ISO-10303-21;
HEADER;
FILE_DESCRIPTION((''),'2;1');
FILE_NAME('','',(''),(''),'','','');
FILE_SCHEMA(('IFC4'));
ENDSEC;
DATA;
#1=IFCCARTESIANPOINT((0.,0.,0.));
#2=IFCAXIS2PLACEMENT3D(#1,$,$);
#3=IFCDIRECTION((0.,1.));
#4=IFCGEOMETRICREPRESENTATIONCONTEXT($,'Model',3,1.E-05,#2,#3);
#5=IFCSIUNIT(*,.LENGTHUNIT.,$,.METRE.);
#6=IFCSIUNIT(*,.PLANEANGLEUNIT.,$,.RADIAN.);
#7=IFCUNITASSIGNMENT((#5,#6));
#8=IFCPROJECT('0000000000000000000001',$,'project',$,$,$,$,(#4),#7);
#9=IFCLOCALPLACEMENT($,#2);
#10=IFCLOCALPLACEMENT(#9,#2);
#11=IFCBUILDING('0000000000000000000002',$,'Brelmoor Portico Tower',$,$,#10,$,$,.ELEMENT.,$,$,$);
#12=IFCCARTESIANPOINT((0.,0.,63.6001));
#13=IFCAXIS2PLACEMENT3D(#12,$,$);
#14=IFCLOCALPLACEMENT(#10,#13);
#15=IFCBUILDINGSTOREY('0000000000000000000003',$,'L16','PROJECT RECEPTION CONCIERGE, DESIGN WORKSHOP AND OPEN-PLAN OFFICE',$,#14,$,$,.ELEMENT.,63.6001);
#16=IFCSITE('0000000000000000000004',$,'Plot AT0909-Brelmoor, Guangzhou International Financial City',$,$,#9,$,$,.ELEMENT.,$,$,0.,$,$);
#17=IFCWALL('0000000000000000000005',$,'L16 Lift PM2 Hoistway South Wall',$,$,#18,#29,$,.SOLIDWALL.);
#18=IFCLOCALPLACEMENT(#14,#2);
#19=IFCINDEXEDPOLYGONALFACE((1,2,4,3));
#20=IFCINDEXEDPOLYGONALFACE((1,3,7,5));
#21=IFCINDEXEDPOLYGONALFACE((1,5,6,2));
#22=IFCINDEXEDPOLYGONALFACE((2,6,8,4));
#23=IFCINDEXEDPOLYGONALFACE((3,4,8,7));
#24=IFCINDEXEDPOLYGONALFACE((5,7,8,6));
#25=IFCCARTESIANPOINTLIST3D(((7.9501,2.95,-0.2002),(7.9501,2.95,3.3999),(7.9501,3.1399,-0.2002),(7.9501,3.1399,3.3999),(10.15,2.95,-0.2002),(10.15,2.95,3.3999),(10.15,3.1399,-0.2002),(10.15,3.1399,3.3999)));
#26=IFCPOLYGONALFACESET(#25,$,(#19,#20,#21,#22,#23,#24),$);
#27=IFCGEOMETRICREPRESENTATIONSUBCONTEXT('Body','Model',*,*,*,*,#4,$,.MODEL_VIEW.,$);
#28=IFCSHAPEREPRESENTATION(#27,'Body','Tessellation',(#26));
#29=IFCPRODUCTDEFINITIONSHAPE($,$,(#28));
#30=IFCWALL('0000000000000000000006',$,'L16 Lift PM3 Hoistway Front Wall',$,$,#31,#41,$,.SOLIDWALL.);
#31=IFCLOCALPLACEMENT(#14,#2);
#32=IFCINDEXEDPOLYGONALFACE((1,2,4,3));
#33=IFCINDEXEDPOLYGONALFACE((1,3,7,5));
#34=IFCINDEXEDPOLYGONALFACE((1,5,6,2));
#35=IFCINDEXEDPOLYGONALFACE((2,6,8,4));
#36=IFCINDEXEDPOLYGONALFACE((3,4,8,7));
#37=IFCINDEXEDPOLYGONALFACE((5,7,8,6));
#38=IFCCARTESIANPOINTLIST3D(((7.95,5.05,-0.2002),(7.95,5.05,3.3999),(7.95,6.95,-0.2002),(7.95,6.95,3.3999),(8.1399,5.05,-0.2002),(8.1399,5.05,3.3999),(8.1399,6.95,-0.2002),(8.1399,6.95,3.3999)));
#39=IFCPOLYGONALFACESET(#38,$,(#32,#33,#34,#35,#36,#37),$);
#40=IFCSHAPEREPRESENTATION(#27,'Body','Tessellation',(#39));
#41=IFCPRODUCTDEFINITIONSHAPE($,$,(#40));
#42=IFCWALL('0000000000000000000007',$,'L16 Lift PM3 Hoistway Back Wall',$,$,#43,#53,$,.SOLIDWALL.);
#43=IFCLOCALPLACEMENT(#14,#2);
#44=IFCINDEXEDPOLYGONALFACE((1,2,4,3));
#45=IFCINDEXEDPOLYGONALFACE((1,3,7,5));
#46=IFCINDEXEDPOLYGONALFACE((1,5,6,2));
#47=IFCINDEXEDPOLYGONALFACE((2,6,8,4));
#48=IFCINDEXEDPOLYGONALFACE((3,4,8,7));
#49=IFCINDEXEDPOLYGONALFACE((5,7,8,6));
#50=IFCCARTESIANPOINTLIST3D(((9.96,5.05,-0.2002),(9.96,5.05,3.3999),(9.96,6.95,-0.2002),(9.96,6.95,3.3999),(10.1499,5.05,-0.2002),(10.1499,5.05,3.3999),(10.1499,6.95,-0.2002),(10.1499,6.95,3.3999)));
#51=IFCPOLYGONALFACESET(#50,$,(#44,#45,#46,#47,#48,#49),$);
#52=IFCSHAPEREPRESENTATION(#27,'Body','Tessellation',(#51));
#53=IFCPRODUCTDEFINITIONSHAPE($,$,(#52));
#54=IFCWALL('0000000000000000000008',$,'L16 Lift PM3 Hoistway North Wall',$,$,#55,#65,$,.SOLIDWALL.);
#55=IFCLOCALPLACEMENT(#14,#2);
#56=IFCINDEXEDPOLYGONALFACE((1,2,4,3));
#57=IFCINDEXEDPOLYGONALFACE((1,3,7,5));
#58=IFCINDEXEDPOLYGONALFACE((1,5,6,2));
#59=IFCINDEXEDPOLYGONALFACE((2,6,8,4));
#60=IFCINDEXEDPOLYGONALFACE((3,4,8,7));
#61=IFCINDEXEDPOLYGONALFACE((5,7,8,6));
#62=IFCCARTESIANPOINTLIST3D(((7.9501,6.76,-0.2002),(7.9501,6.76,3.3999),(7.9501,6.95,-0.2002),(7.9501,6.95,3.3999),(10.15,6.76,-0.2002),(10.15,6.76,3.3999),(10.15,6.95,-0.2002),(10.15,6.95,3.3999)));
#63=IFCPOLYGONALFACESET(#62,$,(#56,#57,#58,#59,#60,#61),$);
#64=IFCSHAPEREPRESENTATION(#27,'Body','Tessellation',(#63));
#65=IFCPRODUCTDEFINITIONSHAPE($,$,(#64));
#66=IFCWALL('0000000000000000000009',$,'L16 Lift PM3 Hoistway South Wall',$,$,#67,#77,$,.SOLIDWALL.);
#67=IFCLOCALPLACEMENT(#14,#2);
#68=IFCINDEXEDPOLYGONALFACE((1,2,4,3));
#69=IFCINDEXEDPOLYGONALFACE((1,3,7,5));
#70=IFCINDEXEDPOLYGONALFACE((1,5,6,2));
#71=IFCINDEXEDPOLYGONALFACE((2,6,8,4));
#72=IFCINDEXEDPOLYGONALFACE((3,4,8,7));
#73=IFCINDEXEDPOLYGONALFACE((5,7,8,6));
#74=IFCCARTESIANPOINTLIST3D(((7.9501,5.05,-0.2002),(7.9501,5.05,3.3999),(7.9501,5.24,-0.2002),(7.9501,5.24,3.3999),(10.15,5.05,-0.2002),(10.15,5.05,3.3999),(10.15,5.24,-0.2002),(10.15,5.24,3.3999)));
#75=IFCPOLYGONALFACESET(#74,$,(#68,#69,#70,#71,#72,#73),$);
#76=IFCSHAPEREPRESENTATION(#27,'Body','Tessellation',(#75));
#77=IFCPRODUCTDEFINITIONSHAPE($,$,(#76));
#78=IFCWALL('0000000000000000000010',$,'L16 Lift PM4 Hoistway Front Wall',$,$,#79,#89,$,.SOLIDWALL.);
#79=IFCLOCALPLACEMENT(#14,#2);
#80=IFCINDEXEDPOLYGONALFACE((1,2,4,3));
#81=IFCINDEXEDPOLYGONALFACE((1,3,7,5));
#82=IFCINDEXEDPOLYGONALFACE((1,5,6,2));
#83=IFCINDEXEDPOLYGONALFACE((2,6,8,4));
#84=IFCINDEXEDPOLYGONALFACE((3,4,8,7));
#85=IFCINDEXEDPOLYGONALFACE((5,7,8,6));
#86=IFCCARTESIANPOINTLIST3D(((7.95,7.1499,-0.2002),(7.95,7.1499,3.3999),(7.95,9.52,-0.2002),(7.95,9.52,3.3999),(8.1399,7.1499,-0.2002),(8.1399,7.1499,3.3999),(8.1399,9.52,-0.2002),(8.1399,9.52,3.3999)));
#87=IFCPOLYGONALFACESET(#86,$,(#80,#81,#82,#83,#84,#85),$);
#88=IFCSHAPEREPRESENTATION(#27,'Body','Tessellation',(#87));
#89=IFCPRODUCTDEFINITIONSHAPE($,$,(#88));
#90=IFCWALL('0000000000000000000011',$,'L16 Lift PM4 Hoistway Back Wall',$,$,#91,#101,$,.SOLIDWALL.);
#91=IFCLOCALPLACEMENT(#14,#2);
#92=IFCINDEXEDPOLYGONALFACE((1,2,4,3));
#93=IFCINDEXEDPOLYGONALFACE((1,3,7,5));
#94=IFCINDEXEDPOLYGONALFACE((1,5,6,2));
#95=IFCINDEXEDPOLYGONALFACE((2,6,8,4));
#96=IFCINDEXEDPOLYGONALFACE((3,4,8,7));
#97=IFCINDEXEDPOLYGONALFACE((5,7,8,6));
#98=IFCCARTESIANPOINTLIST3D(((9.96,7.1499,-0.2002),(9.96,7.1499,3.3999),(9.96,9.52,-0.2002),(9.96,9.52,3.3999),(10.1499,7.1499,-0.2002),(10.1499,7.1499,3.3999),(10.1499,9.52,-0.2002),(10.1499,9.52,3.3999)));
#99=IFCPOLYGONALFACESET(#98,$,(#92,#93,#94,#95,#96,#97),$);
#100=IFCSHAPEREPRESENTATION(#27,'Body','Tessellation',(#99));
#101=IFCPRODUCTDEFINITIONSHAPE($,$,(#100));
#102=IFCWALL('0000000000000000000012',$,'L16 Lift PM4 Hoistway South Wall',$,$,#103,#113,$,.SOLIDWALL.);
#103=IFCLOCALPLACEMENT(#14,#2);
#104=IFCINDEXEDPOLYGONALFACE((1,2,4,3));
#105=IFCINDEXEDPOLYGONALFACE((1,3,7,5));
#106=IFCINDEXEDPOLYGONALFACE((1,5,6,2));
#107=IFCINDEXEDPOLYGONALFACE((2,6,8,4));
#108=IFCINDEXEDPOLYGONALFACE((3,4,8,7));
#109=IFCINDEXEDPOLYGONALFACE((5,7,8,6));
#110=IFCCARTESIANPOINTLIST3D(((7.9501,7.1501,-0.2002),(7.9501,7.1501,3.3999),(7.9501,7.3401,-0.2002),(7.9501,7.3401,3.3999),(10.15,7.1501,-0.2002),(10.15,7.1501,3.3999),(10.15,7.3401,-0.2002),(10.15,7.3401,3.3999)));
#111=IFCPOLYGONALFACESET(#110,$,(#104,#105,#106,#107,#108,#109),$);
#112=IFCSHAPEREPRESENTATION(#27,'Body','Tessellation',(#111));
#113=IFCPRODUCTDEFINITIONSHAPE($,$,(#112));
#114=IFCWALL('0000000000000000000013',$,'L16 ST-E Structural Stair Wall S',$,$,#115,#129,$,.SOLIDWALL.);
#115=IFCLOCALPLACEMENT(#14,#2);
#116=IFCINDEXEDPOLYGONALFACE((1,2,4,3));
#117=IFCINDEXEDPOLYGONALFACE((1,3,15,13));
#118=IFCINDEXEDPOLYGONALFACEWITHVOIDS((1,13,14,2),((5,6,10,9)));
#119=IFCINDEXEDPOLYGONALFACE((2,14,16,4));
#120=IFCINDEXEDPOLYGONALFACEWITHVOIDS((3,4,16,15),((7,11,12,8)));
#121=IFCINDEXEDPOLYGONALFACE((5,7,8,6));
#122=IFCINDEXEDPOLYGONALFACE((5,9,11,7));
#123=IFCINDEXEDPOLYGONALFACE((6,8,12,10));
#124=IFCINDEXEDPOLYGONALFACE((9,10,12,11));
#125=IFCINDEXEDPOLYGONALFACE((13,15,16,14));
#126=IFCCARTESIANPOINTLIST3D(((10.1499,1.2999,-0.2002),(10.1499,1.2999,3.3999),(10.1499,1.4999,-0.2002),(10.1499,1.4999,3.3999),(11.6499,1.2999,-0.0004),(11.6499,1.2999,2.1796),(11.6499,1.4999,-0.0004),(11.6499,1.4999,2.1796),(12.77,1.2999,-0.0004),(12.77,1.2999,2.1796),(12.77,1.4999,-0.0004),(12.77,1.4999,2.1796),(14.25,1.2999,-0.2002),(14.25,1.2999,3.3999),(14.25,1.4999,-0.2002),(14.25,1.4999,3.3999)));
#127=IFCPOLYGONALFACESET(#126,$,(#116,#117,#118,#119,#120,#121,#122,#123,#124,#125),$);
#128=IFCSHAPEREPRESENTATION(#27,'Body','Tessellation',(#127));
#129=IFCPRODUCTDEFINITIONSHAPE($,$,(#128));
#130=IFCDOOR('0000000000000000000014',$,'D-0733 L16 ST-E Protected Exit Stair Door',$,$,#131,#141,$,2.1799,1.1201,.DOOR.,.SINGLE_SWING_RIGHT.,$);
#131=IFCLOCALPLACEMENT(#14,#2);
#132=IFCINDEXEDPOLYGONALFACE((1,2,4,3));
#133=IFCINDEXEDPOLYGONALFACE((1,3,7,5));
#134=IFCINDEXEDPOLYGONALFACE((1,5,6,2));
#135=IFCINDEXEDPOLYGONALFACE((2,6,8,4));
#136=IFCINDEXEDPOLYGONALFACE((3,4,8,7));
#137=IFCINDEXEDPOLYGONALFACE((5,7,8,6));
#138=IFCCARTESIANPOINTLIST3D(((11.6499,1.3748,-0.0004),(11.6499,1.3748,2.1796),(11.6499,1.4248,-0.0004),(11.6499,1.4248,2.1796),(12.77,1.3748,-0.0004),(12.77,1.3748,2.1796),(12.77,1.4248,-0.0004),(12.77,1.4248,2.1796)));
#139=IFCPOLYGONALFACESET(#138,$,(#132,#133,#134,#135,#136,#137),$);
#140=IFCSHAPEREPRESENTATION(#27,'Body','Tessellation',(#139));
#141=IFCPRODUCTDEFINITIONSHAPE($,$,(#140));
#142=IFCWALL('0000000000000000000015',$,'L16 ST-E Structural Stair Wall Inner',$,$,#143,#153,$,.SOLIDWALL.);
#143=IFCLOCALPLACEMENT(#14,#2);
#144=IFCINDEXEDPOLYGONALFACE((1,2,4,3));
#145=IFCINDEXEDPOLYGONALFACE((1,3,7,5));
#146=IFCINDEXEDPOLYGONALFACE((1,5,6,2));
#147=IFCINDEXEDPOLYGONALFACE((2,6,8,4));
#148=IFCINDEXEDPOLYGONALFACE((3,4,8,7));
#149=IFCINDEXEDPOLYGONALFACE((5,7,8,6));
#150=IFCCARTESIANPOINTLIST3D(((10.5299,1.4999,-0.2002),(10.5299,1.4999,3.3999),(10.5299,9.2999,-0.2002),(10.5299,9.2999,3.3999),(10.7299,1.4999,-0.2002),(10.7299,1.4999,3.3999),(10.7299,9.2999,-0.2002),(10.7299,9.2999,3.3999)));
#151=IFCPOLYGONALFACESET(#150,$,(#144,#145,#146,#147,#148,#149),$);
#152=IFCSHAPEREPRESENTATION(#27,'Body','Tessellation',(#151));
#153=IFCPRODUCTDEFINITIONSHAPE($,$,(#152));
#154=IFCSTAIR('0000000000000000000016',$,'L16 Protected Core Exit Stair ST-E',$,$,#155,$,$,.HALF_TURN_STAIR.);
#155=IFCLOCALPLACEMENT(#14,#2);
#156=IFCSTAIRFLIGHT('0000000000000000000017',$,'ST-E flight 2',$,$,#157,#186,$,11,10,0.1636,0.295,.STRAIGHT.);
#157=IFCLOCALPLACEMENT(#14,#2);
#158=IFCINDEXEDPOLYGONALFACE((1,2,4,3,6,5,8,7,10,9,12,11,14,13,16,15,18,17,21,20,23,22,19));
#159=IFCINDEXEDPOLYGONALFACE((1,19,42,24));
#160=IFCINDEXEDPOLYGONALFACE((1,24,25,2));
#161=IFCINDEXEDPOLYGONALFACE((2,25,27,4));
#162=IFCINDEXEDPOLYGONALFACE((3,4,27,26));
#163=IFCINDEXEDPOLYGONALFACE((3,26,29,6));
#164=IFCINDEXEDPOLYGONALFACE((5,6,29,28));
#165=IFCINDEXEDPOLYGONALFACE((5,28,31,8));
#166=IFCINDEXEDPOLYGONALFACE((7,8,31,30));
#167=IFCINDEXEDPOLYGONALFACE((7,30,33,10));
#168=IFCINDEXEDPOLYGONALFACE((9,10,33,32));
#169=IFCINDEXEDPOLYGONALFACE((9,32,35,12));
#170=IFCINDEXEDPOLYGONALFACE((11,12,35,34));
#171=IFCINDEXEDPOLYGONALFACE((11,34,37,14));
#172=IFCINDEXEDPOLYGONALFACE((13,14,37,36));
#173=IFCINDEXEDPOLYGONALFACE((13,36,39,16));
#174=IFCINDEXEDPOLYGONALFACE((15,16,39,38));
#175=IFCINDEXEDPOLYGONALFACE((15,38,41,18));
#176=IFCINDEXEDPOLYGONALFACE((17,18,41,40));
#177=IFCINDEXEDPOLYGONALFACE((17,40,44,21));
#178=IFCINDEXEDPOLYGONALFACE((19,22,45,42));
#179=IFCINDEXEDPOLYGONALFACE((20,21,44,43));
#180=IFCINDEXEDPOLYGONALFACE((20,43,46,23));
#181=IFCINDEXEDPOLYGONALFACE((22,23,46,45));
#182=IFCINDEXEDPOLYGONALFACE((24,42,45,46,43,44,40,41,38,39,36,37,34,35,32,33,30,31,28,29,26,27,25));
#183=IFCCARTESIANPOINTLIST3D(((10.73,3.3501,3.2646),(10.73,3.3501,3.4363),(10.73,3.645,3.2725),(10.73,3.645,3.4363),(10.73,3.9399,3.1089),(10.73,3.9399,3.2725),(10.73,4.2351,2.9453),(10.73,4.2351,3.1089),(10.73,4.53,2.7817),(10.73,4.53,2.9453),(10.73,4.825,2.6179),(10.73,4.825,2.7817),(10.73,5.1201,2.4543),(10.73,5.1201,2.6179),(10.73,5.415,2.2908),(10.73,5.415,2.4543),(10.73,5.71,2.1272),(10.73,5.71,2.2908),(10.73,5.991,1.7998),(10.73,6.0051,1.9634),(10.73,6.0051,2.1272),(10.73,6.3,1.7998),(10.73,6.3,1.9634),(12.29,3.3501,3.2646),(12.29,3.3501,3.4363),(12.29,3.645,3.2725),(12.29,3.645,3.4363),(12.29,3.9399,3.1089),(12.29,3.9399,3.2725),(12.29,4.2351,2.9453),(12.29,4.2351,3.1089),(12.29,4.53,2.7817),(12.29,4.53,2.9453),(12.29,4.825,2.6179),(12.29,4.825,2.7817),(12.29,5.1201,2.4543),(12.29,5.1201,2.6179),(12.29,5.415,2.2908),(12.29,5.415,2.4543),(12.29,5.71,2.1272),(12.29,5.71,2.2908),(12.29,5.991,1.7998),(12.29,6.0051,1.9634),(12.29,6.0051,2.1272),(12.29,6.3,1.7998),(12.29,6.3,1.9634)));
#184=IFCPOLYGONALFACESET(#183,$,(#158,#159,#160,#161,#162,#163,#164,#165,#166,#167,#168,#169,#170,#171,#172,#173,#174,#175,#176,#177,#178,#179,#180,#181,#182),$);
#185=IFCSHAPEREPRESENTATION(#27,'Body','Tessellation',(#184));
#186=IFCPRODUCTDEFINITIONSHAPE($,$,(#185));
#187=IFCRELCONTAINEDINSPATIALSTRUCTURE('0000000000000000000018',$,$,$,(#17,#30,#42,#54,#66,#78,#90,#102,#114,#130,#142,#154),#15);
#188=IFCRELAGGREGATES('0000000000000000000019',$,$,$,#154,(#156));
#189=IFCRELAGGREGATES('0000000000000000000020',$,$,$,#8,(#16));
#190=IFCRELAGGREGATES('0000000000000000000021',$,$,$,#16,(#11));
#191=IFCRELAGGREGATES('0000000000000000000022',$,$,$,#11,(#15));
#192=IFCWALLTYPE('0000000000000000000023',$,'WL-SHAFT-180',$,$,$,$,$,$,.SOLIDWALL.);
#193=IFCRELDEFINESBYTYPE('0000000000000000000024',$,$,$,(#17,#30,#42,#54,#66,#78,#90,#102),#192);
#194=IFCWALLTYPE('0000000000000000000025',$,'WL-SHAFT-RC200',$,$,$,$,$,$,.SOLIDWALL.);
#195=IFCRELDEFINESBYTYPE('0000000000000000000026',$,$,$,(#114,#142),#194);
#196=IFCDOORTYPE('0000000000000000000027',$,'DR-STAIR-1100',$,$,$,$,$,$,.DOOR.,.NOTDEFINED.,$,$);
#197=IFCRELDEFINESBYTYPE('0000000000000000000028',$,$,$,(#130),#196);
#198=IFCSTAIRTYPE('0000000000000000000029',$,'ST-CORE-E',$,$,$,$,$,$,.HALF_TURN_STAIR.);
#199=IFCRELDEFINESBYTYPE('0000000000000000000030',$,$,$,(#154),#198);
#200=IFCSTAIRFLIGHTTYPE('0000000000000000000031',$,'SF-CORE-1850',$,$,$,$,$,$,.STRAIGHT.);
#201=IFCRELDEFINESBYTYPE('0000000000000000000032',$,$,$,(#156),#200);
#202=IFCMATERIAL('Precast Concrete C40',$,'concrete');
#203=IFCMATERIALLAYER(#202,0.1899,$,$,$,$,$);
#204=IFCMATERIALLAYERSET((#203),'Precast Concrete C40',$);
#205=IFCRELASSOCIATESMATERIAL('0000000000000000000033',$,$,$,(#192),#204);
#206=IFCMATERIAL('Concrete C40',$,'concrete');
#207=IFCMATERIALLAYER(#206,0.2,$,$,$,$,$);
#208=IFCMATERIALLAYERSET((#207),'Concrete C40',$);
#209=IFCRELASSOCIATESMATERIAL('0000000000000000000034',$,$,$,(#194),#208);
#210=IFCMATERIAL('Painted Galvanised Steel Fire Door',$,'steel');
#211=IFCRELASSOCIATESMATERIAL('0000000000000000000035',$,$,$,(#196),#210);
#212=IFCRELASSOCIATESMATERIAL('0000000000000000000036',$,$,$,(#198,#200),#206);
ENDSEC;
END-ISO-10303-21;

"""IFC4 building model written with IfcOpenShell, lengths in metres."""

from ifc_helpers import new_model, si_unit, direction, frame, frame_2d, origin, place, context, subcontext, project, spatial, polyline, rectangle, outline, extrude, material, layer, layer_set, type_object, element, fill, aggregate, save


model = new_model("IFC4")

# Units and contexts
model_context = context("Model", 3, precision=1e-05, world=origin(), true_north=direction((0.0, 1.0)))
body_context = subcontext(model_context, "Body", "Model", "MODEL_VIEW")
ifc_project = project(units=[si_unit("LENGTHUNIT", "METRE"), si_unit("PLANEANGLEUNIT", "RADIAN")], contexts=[model_context])

# Site, building, storey
site_placement = place(None, origin())
site = spatial("IfcSite", under=ifc_project, at=site_placement, Name="Plot AT0909-Brelmoor, Guangzhou International Financial City", CompositionType="ELEMENT", RefElevation=0.0)
building_placement = place(site_placement, origin())
building = spatial("IfcBuilding", under=site, at=building_placement, Name="Brelmoor Portico Tower", CompositionType="ELEMENT")
storey_placement = place(building_placement, frame((0.0, 0.0, 63.6001)))
storey = spatial("IfcBuildingStorey", under=building, at=storey_placement, Name="L16", Description="PROJECT RECEPTION CONCIERGE, DESIGN WORKSHOP AND OPEN-PLAN OFFICE", CompositionType="ELEMENT", Elevation=63.6001)

# Walls
ifc_material_1 = material(Name="Precast Concrete C40", Category="concrete")
ifc_layer_1 = layer(ifc_material_1, 0.1899)
ifc_layer_set_1 = layer_set([ifc_layer_1], Name="Precast Concrete C40")
wall_type_1 = type_object("IfcWallType", Name="WL-SHAFT-180", PredefinedType="SOLIDWALL", material=ifc_layer_set_1)
for number, where, z_axis, x_axis, name in (
    (1, (7.95, 3.0449, -0.2002), (0.0, 0.0, 1.0), (1.0, 0.0, 0.0), "L16 Lift PM2 Hoistway South Wall"),
):
    element("IfcWall", number, at=place(storey_placement, frame(where, z_axis=z_axis, x_axis=x_axis)), inside=storey, type_object=wall_type_1, Name=name, PredefinedType="SOLIDWALL", context=body_context, shape_type="SweptSolid", body=[
        extrude(rectangle(XDim=2.2, YDim=0.1899, at=frame_2d((1.1001, 0.0))), origin(), (0.0, 0.0, 1.0), 3.6001),
    ])
for number, where, z_axis, x_axis, name in (
    (2, (8.0449, 5.05, -0.2002), (0.0, 0.0, 1.0), (0.0, 1.0, 0.0), "L16 Lift PM3 Hoistway Front Wall"),
    (3, (10.0549, 5.05, -0.2002), (0.0, 0.0, 1.0), (0.0, 1.0, 0.0), "L16 Lift PM3 Hoistway Back Wall"),
):
    element("IfcWall", number, at=place(storey_placement, frame(where, z_axis=z_axis, x_axis=x_axis)), inside=storey, type_object=wall_type_1, Name=name, PredefinedType="SOLIDWALL", context=body_context, shape_type="SweptSolid", body=[
        extrude(rectangle(XDim=1.8999, YDim=0.1899, at=frame_2d((0.95, 0.0))), origin(), (0.0, 0.0, 1.0), 3.6001),
    ])
for number, where, z_axis, x_axis, name in (
    (4, (7.95, 6.855, -0.2002), (0.0, 0.0, 1.0), (1.0, 0.0, 0.0), "L16 Lift PM3 Hoistway North Wall"),
    (5, (7.95, 5.145, -0.2002), (0.0, 0.0, 1.0), (1.0, 0.0, 0.0), "L16 Lift PM3 Hoistway South Wall"),
):
    element("IfcWall", number, at=place(storey_placement, frame(where, z_axis=z_axis, x_axis=x_axis)), inside=storey, type_object=wall_type_1, Name=name, PredefinedType="SOLIDWALL", context=body_context, shape_type="SweptSolid", body=[
        extrude(rectangle(XDim=2.2, YDim=0.1899, at=frame_2d((1.1001, 0.0))), origin(), (0.0, 0.0, 1.0), 3.6001),
    ])
for number, where, z_axis, x_axis, name in (
    (6, (8.0449, 7.1499, -0.2002), (0.0, 0.0, 1.0), (0.0, 1.0, 0.0), "L16 Lift PM4 Hoistway Front Wall"),
    (7, (10.0549, 7.1499, -0.2002), (0.0, 0.0, 1.0), (0.0, 1.0, 0.0), "L16 Lift PM4 Hoistway Back Wall"),
):
    element("IfcWall", number, at=place(storey_placement, frame(where, z_axis=z_axis, x_axis=x_axis)), inside=storey, type_object=wall_type_1, Name=name, PredefinedType="SOLIDWALL", context=body_context, shape_type="SweptSolid", body=[
        extrude(rectangle(XDim=2.3701, YDim=0.1899, at=frame_2d((1.1851, 0.0))), origin(), (0.0, 0.0, 1.0), 3.6001),
    ])
wall_1_placement = place(storey_placement, frame((7.95, 7.2451, -0.2002), z_axis=(0.0, 0.0, 1.0), x_axis=(1.0, 0.0, 0.0)))
element("IfcWall", 8, at=wall_1_placement, inside=storey, type_object=wall_type_1, Name="L16 Lift PM4 Hoistway South Wall", PredefinedType="SOLIDWALL", context=body_context, shape_type="SweptSolid", body=[
    extrude(rectangle(XDim=2.2, YDim=0.1899, at=frame_2d((1.1001, 0.0))), origin(), (0.0, 0.0, 1.0), 3.6001),
])

# Wall, opening, door
ifc_material_2 = material(Name="Concrete C40", Category="concrete")
ifc_layer_2 = layer(ifc_material_2, 0.2)
ifc_layer_set_2 = layer_set([ifc_layer_2], Name="Concrete C40")
wall_type_2 = type_object("IfcWallType", Name="WL-SHAFT-RC200", PredefinedType="SOLIDWALL", material=ifc_layer_set_2)
wall_2_placement = place(storey_placement, frame((10.1499, 1.3999, -0.2002), z_axis=(0.0, 0.0, 1.0), x_axis=(1.0, 0.0, 0.0)))
wall_2 = element("IfcWall", 9, at=wall_2_placement, inside=storey, type_object=wall_type_2, Name="L16 ST-E Structural Stair Wall S", PredefinedType="SOLIDWALL", context=body_context, shape_type="SweptSolid", body=[
    extrude(rectangle(XDim=4.1001, YDim=0.2, at=frame_2d((2.05, 0.0))), origin(), (0.0, 0.0, 1.0), 3.6001),
])
opening_1_placement = place(wall_2_placement, frame((1.5, 0.0, 0.2)))
opening_1 = element("IfcOpeningElement", 10, at=opening_1_placement, cuts=wall_2, PredefinedType="OPENING", context=body_context, shape_type="SweptSolid", body=[
    extrude(rectangle(XDim=1.1201, YDim=2.1799, at=frame_2d((0.5601, 1.0898))), frame((0.0, 0.1099, 0.0), z_axis=(0.0, -1.0, 0.0), x_axis=(1.0, 0.0, 0.0)), (0.0, 0.0, 1.0), 0.22),
])
ifc_material_3 = material(Name="Painted Galvanised Steel Fire Door", Category="steel")
door_type_1 = type_object("IfcDoorType", Name="DR-STAIR-1100", OperationType="NOTDEFINED", PredefinedType="DOOR", material=ifc_material_3)
door_1_placement = place(opening_1_placement, origin())
door_1 = element("IfcDoor", 11, at=door_1_placement, inside=storey, type_object=door_type_1, Name="D-0733 L16 ST-E Protected Exit Stair Door", OperationType="SINGLE_SWING_RIGHT", OverallHeight=2.1799, OverallWidth=1.1201, PredefinedType="DOOR", context=body_context, shape_type="SweptSolid", body=[
    extrude(rectangle(XDim=1.1201, YDim=2.1799, at=frame_2d((0.5601, 1.0898))), frame((0.0, 0.0249, 0.0), z_axis=(0.0, -1.0, 0.0), x_axis=(1.0, 0.0, 0.0)), (0.0, 0.0, 1.0), 0.05),
])
fill(opening_1, door_1)

# Wall
wall_3_placement = place(storey_placement, frame((10.6299, 1.5, -0.2002), z_axis=(0.0, 0.0, 1.0), x_axis=(0.0, 1.0, 0.0)))
element("IfcWall", 12, at=wall_3_placement, inside=storey, type_object=wall_type_2, Name="L16 ST-E Structural Stair Wall Inner", PredefinedType="SOLIDWALL", context=body_context, shape_type="SweptSolid", body=[
    extrude(rectangle(XDim=7.8, YDim=0.2, at=frame_2d((3.8999, 0.0))), origin(), (0.0, 0.0, 1.0), 3.6001),
])

# Stair, stair flight
stair_type = type_object("IfcStairType", Name="ST-CORE-E", PredefinedType="HALF_TURN_STAIR", material=ifc_material_2)
stair_placement = place(storey_placement, origin())
stair = element("IfcStair", 13, at=stair_placement, inside=storey, type_object=stair_type, Name="L16 Protected Core Exit Stair ST-E", PredefinedType="HALF_TURN_STAIR")
stair_flight_type = type_object("IfcStairFlightType", Name="SF-CORE-1850", PredefinedType="STRAIGHT", material=ifc_material_2)
stair_flight_placement = place(storey_placement, frame((11.51, 6.3, 1.7998), z_axis=(0.0, 0.0, 1.0), x_axis=(0.0, -1.0, 0.0)))
stair_flight = element("IfcStairFlight", 14, at=stair_flight_placement, type_object=stair_flight_type, Name="ST-E flight 2", NumberOfRisers=11, NumberOfTreads=10, PredefinedType="STRAIGHT", RiserHeight=0.1636, TreadLength=0.295, context=body_context, shape_type="SweptSolid", body=[
    extrude(outline(polyline([(0.0, 0.0), (0.0, 0.1636), (0.2949, 0.1636), (0.2949, 0.3274), (0.5901, 0.3274), (0.5901, 0.491), (0.885, 0.491), (0.885, 0.6545), (1.1799, 0.6545), (1.1799, 0.8181), (1.4751, 0.8181), (1.4751, 0.9819), (1.77, 0.9819), (1.77, 1.1455), (2.0649, 1.1455), (2.0649, 1.3091), (2.3601, 1.3091), (2.3601, 1.4727), (2.655, 1.4727), (2.655, 1.6365), (2.95, 1.6365), (2.95, 1.8), (2.95, 1.4648), (0.3091, 0.0), (0.0, 0.0)])), frame((0.0, 0.78, 0.0), z_axis=(0.0, -1.0, 0.0), x_axis=(1.0, 0.0, 0.0)), (0.0, 0.0, 1.0), 1.5601),
])
aggregate(stair, [stair_flight])

save(model, "model.ifc")
